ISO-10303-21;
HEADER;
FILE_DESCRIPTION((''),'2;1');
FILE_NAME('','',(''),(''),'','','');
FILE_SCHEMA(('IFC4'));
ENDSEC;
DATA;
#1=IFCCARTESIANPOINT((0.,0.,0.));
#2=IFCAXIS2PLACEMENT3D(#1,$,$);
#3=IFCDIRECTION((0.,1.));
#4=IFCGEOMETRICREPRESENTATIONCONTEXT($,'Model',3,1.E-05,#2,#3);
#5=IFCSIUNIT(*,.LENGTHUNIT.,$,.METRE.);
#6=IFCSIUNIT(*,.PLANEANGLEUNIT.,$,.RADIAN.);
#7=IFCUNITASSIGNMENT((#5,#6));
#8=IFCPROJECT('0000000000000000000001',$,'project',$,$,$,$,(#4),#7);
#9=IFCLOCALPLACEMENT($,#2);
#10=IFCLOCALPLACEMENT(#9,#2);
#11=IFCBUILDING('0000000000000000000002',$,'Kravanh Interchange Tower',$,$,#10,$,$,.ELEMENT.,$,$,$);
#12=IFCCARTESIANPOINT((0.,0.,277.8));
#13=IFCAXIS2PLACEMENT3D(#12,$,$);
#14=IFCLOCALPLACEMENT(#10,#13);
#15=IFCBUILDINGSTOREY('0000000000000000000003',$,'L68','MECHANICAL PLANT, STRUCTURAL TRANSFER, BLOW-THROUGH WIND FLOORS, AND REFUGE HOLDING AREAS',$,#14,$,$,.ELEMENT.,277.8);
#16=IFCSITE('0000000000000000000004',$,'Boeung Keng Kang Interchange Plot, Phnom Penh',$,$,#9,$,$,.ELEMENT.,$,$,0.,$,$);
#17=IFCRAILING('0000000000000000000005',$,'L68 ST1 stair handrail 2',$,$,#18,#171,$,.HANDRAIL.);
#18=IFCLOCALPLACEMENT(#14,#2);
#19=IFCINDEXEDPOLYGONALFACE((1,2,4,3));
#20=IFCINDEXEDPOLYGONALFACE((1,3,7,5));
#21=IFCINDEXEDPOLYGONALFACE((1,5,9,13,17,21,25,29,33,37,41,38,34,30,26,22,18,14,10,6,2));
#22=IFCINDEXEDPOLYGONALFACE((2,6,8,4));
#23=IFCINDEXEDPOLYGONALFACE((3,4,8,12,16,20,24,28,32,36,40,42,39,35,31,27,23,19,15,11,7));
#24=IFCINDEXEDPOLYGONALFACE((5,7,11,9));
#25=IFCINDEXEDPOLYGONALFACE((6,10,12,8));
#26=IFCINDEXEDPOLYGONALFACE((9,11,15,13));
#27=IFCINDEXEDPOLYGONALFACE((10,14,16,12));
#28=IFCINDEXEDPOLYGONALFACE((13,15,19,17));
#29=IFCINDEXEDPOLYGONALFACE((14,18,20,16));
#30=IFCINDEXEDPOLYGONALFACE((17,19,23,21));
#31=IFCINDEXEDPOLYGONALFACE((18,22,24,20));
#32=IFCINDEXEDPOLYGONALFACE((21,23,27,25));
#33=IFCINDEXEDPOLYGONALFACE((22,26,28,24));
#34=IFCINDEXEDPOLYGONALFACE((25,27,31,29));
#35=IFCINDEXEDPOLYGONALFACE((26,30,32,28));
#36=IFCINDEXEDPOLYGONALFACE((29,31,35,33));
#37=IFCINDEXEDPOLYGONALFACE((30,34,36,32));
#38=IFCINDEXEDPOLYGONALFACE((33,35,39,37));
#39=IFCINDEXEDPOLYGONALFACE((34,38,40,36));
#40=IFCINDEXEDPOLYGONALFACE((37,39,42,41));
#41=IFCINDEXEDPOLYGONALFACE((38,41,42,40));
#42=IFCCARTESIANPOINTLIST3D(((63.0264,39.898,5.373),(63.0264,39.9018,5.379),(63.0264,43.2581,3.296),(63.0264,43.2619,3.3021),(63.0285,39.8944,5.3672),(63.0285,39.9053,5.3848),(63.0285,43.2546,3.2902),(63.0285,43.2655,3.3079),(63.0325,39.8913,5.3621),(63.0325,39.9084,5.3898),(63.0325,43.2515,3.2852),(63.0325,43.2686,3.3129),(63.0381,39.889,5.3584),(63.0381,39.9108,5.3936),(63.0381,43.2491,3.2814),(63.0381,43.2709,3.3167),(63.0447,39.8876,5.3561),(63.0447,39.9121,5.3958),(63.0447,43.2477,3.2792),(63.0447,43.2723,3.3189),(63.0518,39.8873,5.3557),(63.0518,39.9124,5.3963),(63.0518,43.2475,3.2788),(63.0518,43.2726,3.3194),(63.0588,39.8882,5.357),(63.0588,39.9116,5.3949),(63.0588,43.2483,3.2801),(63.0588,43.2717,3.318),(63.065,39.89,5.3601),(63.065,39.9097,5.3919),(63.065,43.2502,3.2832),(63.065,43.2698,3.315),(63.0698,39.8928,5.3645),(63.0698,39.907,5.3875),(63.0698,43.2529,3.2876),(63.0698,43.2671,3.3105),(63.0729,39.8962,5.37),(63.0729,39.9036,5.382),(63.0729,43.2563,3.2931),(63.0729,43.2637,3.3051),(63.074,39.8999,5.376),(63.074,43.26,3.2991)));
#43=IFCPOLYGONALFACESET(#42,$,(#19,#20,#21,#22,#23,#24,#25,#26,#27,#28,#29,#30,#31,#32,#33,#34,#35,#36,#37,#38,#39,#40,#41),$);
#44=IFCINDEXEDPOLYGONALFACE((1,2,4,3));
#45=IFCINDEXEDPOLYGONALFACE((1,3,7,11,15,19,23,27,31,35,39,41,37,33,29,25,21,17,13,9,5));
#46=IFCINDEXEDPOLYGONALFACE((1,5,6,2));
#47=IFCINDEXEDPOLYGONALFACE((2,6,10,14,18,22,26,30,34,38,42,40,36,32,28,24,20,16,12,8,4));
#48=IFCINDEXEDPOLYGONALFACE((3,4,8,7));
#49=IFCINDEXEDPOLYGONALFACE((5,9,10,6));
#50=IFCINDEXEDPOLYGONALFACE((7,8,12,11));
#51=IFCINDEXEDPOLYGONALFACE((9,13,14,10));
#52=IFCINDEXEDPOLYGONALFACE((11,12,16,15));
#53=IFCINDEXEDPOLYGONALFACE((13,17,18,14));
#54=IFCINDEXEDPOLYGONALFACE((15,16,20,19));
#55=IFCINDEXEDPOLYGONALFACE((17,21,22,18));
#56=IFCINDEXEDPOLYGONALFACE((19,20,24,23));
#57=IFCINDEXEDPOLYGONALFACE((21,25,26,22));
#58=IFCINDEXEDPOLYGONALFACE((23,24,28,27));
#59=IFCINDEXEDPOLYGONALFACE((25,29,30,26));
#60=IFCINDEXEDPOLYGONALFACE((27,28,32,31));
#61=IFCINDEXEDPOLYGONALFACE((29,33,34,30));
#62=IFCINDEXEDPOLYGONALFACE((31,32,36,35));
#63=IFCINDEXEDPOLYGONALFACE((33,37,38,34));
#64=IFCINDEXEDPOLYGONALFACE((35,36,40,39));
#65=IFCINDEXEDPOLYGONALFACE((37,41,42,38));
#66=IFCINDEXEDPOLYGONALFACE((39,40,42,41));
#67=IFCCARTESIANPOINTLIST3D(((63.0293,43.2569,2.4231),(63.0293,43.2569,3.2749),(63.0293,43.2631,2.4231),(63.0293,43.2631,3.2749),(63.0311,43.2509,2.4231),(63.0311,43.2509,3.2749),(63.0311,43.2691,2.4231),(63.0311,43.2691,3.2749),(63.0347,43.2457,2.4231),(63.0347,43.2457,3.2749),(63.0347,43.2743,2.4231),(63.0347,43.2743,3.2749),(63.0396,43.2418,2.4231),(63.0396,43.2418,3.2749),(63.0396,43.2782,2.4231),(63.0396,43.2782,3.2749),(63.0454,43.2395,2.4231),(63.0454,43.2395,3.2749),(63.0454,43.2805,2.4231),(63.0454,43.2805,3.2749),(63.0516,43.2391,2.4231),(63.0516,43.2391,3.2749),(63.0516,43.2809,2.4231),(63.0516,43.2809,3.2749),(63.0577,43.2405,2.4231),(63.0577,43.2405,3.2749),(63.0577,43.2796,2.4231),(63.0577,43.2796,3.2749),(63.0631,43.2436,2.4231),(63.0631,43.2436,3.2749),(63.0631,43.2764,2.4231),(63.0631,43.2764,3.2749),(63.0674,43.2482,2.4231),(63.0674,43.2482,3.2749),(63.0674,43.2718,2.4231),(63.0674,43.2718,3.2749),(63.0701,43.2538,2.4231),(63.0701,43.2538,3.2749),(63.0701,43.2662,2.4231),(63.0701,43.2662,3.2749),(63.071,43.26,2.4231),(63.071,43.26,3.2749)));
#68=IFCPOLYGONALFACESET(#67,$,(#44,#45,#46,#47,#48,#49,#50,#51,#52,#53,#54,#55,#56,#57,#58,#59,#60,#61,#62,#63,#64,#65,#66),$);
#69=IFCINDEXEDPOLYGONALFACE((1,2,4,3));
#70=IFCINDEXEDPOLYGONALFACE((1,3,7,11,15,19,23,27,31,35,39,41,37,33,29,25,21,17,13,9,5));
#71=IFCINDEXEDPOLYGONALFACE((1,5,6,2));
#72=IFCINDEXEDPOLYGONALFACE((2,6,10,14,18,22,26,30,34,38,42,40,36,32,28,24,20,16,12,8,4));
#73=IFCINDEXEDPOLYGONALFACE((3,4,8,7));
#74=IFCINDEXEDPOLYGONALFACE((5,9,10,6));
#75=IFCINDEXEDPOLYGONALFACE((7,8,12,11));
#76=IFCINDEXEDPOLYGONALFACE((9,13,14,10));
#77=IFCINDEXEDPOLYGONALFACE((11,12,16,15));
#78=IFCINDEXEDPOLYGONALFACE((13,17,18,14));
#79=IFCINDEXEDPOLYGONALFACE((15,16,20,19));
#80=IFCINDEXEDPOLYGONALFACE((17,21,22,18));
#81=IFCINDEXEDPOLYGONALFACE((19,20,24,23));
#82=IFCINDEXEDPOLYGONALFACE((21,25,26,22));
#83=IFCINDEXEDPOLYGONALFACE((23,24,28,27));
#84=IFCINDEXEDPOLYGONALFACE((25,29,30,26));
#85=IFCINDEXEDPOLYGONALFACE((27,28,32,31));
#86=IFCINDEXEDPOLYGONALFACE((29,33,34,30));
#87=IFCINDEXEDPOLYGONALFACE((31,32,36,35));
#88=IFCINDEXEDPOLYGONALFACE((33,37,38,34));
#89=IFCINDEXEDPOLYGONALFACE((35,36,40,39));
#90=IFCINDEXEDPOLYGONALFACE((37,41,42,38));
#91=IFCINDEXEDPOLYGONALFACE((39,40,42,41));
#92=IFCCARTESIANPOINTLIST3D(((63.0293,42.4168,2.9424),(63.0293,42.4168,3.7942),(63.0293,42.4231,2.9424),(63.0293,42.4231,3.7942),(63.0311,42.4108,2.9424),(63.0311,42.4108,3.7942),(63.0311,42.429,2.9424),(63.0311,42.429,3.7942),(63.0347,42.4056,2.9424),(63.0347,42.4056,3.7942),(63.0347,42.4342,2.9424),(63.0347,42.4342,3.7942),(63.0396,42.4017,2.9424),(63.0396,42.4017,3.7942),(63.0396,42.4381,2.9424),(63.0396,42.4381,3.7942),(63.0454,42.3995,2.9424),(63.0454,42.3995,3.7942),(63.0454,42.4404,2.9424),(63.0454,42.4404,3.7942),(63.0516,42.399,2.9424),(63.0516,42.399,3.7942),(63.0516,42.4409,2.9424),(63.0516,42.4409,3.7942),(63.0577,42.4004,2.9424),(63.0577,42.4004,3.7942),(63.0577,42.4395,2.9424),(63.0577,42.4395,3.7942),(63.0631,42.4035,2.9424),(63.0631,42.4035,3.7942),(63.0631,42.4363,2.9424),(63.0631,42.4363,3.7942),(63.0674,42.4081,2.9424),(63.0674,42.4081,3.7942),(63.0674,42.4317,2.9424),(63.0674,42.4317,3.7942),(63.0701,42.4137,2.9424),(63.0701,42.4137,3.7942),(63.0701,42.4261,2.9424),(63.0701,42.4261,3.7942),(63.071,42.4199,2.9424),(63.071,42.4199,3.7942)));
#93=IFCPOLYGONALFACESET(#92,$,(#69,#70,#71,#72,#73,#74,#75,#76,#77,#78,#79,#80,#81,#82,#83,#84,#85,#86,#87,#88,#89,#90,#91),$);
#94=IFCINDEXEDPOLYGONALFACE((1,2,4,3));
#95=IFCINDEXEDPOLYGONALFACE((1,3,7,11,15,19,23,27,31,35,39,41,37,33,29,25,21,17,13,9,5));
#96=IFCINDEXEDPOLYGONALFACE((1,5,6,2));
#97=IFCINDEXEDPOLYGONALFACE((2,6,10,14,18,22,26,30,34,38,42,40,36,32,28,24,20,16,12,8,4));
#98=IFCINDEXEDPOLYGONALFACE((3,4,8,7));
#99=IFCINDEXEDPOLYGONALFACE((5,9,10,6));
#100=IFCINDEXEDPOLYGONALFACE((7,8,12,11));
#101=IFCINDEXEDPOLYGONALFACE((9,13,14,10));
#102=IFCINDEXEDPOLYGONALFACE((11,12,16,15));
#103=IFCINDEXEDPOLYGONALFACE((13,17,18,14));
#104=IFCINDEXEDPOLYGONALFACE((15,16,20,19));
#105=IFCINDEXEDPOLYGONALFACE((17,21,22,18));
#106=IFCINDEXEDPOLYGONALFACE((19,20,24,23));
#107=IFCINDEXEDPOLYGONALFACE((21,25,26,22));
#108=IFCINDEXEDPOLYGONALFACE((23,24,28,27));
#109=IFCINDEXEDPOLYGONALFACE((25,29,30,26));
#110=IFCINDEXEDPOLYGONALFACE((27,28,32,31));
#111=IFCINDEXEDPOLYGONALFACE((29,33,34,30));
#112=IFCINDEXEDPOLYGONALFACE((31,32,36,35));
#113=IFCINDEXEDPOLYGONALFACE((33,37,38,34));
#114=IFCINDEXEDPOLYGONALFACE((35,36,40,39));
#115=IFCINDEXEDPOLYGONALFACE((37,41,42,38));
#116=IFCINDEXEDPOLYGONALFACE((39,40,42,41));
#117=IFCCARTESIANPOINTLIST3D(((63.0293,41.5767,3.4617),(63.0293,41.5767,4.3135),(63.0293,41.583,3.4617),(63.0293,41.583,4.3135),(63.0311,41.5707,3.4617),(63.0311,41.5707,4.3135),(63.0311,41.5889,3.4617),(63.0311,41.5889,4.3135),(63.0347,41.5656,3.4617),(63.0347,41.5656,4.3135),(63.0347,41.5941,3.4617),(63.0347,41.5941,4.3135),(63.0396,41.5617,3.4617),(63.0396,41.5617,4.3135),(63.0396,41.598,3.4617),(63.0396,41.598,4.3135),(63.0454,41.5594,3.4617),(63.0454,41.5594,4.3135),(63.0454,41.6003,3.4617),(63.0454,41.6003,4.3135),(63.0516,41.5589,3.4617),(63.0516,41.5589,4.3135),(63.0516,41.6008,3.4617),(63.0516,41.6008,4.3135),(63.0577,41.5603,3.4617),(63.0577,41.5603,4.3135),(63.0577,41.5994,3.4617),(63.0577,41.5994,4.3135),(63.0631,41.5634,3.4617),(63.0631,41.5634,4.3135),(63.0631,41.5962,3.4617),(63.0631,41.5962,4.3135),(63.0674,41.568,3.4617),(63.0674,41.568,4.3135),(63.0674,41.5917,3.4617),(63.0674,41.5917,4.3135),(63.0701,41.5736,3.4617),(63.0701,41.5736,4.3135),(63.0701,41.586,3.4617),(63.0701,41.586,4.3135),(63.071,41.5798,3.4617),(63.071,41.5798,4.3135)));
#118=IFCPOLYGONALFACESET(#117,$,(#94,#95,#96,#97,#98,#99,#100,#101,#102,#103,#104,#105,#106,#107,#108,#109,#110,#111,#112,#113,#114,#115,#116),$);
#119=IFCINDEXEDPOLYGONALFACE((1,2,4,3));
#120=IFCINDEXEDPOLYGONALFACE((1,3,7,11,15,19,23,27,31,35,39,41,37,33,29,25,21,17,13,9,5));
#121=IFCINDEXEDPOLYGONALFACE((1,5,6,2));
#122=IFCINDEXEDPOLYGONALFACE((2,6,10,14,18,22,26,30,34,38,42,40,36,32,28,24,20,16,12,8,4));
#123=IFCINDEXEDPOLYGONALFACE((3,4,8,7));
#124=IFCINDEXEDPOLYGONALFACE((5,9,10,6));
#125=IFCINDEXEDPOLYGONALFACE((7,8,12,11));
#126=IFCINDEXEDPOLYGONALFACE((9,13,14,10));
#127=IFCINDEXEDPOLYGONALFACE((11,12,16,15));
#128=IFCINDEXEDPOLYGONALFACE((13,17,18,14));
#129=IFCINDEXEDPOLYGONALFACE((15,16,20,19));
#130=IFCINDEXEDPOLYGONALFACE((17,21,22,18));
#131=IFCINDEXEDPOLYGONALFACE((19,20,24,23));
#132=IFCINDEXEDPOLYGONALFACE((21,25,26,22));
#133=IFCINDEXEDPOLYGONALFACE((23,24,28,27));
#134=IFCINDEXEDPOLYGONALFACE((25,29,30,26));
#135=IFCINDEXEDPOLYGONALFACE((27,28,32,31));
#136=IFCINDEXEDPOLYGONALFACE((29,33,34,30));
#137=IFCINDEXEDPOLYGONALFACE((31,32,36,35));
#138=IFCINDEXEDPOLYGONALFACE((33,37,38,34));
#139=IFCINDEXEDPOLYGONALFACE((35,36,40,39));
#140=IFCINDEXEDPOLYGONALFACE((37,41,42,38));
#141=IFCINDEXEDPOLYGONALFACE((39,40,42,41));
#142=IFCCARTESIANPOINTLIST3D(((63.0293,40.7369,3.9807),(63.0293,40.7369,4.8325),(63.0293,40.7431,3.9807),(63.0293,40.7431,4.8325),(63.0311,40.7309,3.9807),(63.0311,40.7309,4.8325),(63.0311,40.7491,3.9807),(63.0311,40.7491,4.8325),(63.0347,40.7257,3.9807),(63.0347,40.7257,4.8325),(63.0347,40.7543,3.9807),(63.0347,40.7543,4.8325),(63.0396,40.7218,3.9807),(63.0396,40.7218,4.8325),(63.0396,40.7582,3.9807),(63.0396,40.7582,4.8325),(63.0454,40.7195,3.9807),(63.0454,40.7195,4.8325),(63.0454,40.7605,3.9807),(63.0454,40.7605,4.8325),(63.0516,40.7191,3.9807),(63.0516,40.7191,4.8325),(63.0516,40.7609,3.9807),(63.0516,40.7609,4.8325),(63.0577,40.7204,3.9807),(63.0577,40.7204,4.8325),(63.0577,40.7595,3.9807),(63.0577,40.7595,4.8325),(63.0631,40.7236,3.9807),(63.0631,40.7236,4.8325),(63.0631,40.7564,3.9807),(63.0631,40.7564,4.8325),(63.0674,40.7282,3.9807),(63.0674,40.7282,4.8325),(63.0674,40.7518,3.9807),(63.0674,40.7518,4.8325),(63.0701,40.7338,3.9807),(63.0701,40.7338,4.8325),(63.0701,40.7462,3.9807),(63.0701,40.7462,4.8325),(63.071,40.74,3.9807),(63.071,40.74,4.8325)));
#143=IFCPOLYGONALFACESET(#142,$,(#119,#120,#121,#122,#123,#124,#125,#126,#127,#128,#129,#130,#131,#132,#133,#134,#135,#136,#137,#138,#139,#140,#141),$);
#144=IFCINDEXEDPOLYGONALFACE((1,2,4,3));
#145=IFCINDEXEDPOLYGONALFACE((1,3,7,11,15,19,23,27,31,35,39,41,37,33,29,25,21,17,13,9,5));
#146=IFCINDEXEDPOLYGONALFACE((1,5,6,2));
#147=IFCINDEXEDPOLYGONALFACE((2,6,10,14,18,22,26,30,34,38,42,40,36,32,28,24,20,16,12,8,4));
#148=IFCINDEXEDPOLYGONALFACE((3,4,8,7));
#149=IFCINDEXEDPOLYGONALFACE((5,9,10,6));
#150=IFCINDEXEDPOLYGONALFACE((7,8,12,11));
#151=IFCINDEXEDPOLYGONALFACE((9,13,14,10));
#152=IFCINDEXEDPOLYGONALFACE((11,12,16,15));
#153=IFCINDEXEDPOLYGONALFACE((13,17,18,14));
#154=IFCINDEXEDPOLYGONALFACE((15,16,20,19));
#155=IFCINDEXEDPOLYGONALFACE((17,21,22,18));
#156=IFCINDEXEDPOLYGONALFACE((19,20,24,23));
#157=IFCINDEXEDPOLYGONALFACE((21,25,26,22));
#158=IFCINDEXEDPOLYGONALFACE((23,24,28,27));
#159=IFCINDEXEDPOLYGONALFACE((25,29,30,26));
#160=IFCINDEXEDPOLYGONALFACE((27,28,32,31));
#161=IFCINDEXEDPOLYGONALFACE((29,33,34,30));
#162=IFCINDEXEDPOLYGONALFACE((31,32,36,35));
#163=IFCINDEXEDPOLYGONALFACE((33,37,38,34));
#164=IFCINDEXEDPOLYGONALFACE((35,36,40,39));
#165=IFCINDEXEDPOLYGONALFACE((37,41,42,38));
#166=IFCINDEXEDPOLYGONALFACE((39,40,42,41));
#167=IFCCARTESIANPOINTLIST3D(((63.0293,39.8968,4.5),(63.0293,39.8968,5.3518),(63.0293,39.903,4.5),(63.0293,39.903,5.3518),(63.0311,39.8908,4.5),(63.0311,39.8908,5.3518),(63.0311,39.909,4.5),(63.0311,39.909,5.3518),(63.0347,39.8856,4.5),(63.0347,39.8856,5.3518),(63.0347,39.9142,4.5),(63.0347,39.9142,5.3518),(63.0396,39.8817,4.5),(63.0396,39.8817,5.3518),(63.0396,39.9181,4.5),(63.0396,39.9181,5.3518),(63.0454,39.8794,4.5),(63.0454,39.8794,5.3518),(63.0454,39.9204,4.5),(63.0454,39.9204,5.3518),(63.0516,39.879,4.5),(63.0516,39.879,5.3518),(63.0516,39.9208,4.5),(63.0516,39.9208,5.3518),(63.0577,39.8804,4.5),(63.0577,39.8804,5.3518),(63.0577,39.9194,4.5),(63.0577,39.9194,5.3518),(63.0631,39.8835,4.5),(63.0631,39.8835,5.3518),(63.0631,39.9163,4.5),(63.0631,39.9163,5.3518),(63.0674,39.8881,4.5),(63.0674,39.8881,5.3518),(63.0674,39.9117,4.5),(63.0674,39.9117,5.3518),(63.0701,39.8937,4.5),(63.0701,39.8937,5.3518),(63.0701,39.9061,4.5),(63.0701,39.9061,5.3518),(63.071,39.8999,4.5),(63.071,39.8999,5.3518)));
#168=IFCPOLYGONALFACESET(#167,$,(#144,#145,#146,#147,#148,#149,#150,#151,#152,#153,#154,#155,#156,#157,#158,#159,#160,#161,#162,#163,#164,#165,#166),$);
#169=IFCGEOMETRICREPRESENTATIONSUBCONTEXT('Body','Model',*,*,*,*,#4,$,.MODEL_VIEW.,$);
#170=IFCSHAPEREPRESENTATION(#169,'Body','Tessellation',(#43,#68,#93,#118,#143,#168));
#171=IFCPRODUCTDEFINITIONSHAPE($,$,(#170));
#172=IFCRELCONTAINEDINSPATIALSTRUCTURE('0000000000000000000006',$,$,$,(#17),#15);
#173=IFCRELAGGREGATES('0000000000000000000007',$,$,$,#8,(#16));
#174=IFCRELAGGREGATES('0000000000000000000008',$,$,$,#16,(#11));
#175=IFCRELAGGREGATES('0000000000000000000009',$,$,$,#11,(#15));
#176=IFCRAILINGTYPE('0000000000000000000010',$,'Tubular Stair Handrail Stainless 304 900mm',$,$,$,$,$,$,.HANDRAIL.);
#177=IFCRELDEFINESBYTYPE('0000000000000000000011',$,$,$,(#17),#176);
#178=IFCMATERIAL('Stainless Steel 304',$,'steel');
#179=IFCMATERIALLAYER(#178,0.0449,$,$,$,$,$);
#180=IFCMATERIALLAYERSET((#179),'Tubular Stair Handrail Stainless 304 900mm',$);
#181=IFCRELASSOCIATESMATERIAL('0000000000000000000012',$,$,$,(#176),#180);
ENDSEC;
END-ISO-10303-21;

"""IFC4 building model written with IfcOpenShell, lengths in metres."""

from ifc_helpers import new_model, si_unit, direction, frame, origin, origin_2d, place, context, subcontext, project, spatial, circle, extrude, material, layer, layer_set, type_object, element, save


model = new_model("IFC4")

# Units and contexts
model_context = context("Model", 3, precision=1e-05, world=origin(), true_north=direction((0.0, 1.0)))
body_context = subcontext(model_context, "Body", "Model", "MODEL_VIEW")
ifc_project = project(units=[si_unit("LENGTHUNIT", "METRE"), si_unit("PLANEANGLEUNIT", "RADIAN")], contexts=[model_context])

# Site, building, storey
site_placement = place(None, origin())
site = spatial("IfcSite", under=ifc_project, at=site_placement, Name="Boeung Keng Kang Interchange Plot, Phnom Penh", CompositionType="ELEMENT", RefElevation=0.0)
building_placement = place(site_placement, origin())
building = spatial("IfcBuilding", under=site, at=building_placement, Name="Kravanh Interchange Tower", CompositionType="ELEMENT")
storey_placement = place(building_placement, frame((0.0, 0.0, 277.8)))
storey = spatial("IfcBuildingStorey", under=building, at=storey_placement, Name="L68", Description="MECHANICAL PLANT, STRUCTURAL TRANSFER, BLOW-THROUGH WIND FLOORS, AND REFUGE HOLDING AREAS", CompositionType="ELEMENT", Elevation=277.8)

# Railing
ifc_material_1 = material(Name="Stainless Steel 304", Category="steel")
ifc_layer_1 = layer(ifc_material_1, 0.0449)
ifc_layer_set_1 = layer_set([ifc_layer_1], Name="Tubular Stair Handrail Stainless 304 900mm")
railing_type_1 = type_object("IfcRailingType", Name="Tubular Stair Handrail Stainless 304 900mm", PredefinedType="HANDRAIL", material=ifc_layer_set_1)
railing_1_placement = place(storey_placement, frame((63.05, 43.26, 2.4231)))
element("IfcRailing", 1, at=railing_1_placement, inside=storey, type_object=railing_type_1, Name="L68 ST1 stair handrail 2", PredefinedType="HANDRAIL", context=body_context, shape_type="SweptSolid", body=[
    extrude(circle(Radius=0.0239, at=origin_2d()), frame((0.0, 0.0, 0.876), z_axis=(0.0, -0.850623, 0.525776), x_axis=(1.0, 0.0, 0.0)), (0.0, 0.0, 1.0), 3.9502),
    extrude(circle(Radius=0.021, at=origin_2d()), origin(), (0.0, 0.0, 1.0), 0.8518),
    extrude(circle(Radius=0.021, at=origin_2d()), frame((0.0, -0.8401, 0.5193)), (0.0, 0.0, 1.0), 0.8518),
    extrude(circle(Radius=0.021, at=origin_2d()), frame((0.0, -1.6802, 1.0386)), (0.0, 0.0, 1.0), 0.8518),
    extrude(circle(Radius=0.021, at=origin_2d()), frame((0.0, -2.52, 1.5576)), (0.0, 0.0, 1.0), 0.8518),
    extrude(circle(Radius=0.021, at=origin_2d()), frame((0.0, -3.3601, 2.0769)), (0.0, 0.0, 1.0), 0.8518),
])

save(model, "model.ifc")
